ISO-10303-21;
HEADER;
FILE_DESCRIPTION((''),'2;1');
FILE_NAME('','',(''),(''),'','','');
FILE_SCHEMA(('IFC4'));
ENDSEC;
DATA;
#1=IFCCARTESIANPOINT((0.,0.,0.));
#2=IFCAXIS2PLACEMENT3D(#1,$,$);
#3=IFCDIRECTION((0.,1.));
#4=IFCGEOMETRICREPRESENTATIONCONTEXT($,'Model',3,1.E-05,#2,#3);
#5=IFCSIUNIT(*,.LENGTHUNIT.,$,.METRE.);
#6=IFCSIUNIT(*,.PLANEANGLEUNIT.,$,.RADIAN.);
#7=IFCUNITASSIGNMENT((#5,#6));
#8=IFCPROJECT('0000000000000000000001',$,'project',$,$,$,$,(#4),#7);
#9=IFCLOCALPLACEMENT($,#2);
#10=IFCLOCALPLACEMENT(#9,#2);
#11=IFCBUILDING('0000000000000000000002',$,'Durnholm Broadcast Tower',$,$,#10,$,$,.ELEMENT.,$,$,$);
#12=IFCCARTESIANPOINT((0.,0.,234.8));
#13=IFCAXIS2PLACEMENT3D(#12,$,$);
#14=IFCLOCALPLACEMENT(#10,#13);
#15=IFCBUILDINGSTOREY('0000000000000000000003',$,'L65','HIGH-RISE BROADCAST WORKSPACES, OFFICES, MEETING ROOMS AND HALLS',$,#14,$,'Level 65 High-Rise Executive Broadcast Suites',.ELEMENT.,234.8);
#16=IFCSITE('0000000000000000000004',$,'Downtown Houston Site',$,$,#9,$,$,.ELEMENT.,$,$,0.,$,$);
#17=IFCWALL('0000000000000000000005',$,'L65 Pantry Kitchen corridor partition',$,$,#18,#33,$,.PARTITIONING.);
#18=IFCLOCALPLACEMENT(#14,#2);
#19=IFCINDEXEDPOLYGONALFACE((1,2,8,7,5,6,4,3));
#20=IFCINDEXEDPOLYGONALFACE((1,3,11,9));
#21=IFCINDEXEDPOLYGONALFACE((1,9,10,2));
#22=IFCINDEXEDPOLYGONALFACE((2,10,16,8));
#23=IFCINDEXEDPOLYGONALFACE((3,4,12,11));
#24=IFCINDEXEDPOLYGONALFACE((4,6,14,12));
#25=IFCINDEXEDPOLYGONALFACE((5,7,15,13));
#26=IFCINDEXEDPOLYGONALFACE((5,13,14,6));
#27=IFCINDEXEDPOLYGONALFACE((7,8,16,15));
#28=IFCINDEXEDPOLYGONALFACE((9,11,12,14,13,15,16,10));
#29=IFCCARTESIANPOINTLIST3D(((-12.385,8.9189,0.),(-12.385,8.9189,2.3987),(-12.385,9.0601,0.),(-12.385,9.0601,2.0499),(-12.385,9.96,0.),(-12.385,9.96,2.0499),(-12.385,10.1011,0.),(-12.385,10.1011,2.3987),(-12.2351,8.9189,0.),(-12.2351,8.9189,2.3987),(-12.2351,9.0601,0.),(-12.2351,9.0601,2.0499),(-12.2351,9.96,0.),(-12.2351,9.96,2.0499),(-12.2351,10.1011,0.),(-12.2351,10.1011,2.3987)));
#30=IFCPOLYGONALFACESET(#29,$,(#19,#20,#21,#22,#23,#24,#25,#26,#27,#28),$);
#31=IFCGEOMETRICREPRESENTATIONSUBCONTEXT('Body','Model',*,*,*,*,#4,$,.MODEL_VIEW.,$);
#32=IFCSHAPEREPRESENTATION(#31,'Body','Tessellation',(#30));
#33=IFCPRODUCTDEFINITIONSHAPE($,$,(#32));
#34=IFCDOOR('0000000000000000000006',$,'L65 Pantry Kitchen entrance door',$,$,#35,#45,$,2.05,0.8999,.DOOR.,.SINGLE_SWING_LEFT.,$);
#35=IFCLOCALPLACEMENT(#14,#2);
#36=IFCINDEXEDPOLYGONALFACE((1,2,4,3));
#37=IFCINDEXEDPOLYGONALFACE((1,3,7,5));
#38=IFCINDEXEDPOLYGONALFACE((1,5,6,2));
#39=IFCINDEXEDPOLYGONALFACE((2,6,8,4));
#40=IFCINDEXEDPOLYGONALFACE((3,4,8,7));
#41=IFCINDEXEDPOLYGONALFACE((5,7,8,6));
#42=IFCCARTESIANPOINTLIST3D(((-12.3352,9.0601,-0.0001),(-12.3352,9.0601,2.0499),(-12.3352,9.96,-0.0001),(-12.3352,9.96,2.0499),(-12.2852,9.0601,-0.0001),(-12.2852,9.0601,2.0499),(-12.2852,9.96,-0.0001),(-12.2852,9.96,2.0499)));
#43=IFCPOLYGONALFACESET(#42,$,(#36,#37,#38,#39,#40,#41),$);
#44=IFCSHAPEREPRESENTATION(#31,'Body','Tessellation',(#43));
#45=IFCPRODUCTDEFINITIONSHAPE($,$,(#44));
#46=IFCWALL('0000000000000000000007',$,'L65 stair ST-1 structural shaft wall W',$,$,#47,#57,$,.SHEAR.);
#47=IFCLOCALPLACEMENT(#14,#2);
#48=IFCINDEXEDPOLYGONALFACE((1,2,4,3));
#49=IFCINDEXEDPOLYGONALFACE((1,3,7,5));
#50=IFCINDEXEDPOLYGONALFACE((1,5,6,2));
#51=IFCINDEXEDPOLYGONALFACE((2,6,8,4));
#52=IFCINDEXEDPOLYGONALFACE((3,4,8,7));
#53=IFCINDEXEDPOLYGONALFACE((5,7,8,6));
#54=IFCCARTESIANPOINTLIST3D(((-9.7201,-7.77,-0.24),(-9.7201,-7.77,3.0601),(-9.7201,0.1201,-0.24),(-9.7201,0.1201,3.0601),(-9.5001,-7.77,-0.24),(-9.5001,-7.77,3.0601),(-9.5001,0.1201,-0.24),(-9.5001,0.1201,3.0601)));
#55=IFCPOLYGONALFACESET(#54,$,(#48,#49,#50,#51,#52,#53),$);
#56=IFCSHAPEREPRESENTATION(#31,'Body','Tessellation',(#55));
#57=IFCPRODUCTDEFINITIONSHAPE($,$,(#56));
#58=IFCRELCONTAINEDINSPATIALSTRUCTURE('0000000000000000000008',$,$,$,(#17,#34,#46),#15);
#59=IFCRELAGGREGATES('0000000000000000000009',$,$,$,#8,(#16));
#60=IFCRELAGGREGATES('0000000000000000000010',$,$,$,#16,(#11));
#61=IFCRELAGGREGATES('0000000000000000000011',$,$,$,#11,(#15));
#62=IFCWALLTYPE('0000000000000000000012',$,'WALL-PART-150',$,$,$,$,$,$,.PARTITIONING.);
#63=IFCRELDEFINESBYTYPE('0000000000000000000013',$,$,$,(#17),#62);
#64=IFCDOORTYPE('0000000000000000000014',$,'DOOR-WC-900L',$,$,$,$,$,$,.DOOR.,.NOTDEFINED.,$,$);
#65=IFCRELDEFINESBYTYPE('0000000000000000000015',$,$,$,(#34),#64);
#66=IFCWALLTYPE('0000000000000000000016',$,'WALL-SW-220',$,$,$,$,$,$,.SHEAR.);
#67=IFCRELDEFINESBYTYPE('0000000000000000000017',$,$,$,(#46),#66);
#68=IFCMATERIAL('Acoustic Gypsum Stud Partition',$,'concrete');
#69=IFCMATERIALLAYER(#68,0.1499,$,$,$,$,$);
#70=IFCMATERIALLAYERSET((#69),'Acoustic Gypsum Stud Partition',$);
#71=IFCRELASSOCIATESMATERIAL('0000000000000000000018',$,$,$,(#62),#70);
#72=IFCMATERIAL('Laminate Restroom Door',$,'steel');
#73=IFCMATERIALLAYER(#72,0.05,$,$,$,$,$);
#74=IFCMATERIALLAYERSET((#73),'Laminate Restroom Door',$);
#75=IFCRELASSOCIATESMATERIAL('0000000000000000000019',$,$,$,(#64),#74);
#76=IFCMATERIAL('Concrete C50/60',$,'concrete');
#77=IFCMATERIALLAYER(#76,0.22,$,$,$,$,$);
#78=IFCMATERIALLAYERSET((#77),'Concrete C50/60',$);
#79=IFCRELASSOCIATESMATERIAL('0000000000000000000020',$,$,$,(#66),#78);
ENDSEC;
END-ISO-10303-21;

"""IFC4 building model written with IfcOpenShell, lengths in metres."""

from ifc_helpers import new_model, si_unit, direction, frame, frame_2d, origin, place, context, subcontext, project, spatial, rectangle, extrude, source, transform, mapped, material, layer, layer_set, type_object, type_shapes, element, fill, save


model = new_model("IFC4")

# Units and contexts
model_context = context("Model", 3, precision=1e-05, world=origin(), true_north=direction((0.0, 1.0)))
body_context = subcontext(model_context, "Body", "Model", "MODEL_VIEW")
ifc_project = project(units=[si_unit("LENGTHUNIT", "METRE"), si_unit("PLANEANGLEUNIT", "RADIAN")], contexts=[model_context])

# Site, building, storey
site_placement = place(None, origin())
site = spatial("IfcSite", under=ifc_project, at=site_placement, Name="Downtown Houston Site", CompositionType="ELEMENT", RefElevation=0.0)
building_placement = place(site_placement, origin())
building = spatial("IfcBuilding", under=site, at=building_placement, Name="Durnholm Broadcast Tower", CompositionType="ELEMENT")
storey_placement = place(building_placement, frame((0.0, 0.0, 234.8)))
storey = spatial("IfcBuildingStorey", under=building, at=storey_placement, Name="L65", Description="HIGH-RISE BROADCAST WORKSPACES, OFFICES, MEETING ROOMS AND HALLS", LongName="Level 65 High-Rise Executive Broadcast Suites", CompositionType="ELEMENT", Elevation=234.8)

# Shared definitions
ifc_material_1 = material(Name="Acoustic Gypsum Stud Partition", Category="concrete")
ifc_layer_1 = layer(ifc_material_1, 0.1499)
ifc_layer_set_1 = layer_set([ifc_layer_1], Name="Acoustic Gypsum Stud Partition")
wall_type_1 = type_object("IfcWallType", Name="WALL-PART-150", PredefinedType="PARTITIONING", material=ifc_layer_set_1)

# Wall, opening, door
wall_1_placement = place(storey_placement, frame((-12.3101, 10.1011, 0.0), z_axis=(0.0, 0.0, 1.0), x_axis=(0.0, -1.0, 0.0)))
wall_1 = element("IfcWall", 1, at=wall_1_placement, inside=storey, type_object=wall_type_1, Name="L65 Pantry Kitchen corridor partition", PredefinedType="PARTITIONING", context=body_context, shape_type="SweptSolid", body=[
    extrude(rectangle(XDim=1.1821, YDim=0.1499, at=frame_2d((0.5911, 0.0))), origin(), (0.0, 0.0, 1.0), 2.3987),
])
opening_1_placement = place(wall_1_placement, frame((0.1411, 0.0, 0.0)))
opening_1 = element("IfcOpeningElement", 2, at=opening_1_placement, cuts=wall_1, PredefinedType="OPENING", context=body_context, shape_type="SweptSolid", body=[
    extrude(rectangle(XDim=0.8999, YDim=2.05, at=frame_2d((0.45, 1.0249))), frame((0.0, 0.085, 0.0), z_axis=(0.0, -1.0, 0.0), x_axis=(1.0, 0.0, 0.0)), (0.0, 0.0, 1.0), 0.1699),
])
ifc_material_2 = material(Name="Laminate Restroom Door", Category="steel")
ifc_layer_2 = layer(ifc_material_2, 0.05)
ifc_layer_set_2 = layer_set([ifc_layer_2], Name="Laminate Restroom Door")
door_type_1 = type_object("IfcDoorType", Name="DOOR-WC-900L", OperationType="NOTDEFINED", PredefinedType="DOOR", material=ifc_layer_set_2)
shared_shape_1 = source(origin(), body_context, "Body", "SweptSolid", [
    extrude(rectangle(XDim=0.8999, YDim=2.05, at=frame_2d((0.45, 1.0249))), frame((0.0, 0.0249, 0.0), z_axis=(0.0, -1.0, 0.0), x_axis=(1.0, 0.0, 0.0)), (0.0, 0.0, 1.0), 0.05),
])
type_shapes(door_type_1, [shared_shape_1])
door_1_placement = place(opening_1_placement, origin())
door_1 = element("IfcDoor", 3, at=door_1_placement, inside=storey, type_object=door_type_1, Name="L65 Pantry Kitchen entrance door", OperationType="SINGLE_SWING_LEFT", OverallHeight=2.05, OverallWidth=0.8999, PredefinedType="DOOR", context=body_context, shape_type="MappedRepresentation", body=[
    mapped(shared_shape_1, transform((0.0, 0.0, 0.0), x_axis=(1.0, 0.0, 0.0), y_axis=(0.0, 1.0, 0.0), z_axis=(0.0, 0.0, 1.0), scale=1.0)),
])
fill(opening_1, door_1)

# Wall
ifc_material_3 = material(Name="Concrete C50/60", Category="concrete")
ifc_layer_3 = layer(ifc_material_3, 0.22)
ifc_layer_set_3 = layer_set([ifc_layer_3], Name="Concrete C50/60")
wall_type_2 = type_object("IfcWallType", Name="WALL-SW-220", PredefinedType="SHEAR", material=ifc_layer_set_3)
wall_2_placement = place(storey_placement, frame((-9.6101, 0.1201, -0.24), z_axis=(0.0, 0.0, 1.0), x_axis=(0.0, -1.0, 0.0)))
element("IfcWall", 4, at=wall_2_placement, inside=storey, type_object=wall_type_2, Name="L65 stair ST-1 structural shaft wall W", PredefinedType="SHEAR", context=body_context, shape_type="SweptSolid", body=[
    extrude(rectangle(XDim=7.8901, YDim=0.22, at=frame_2d((3.9451, 0.0))), origin(), (0.0, 0.0, 1.0), 3.3),
])

save(model, "model.ifc")
